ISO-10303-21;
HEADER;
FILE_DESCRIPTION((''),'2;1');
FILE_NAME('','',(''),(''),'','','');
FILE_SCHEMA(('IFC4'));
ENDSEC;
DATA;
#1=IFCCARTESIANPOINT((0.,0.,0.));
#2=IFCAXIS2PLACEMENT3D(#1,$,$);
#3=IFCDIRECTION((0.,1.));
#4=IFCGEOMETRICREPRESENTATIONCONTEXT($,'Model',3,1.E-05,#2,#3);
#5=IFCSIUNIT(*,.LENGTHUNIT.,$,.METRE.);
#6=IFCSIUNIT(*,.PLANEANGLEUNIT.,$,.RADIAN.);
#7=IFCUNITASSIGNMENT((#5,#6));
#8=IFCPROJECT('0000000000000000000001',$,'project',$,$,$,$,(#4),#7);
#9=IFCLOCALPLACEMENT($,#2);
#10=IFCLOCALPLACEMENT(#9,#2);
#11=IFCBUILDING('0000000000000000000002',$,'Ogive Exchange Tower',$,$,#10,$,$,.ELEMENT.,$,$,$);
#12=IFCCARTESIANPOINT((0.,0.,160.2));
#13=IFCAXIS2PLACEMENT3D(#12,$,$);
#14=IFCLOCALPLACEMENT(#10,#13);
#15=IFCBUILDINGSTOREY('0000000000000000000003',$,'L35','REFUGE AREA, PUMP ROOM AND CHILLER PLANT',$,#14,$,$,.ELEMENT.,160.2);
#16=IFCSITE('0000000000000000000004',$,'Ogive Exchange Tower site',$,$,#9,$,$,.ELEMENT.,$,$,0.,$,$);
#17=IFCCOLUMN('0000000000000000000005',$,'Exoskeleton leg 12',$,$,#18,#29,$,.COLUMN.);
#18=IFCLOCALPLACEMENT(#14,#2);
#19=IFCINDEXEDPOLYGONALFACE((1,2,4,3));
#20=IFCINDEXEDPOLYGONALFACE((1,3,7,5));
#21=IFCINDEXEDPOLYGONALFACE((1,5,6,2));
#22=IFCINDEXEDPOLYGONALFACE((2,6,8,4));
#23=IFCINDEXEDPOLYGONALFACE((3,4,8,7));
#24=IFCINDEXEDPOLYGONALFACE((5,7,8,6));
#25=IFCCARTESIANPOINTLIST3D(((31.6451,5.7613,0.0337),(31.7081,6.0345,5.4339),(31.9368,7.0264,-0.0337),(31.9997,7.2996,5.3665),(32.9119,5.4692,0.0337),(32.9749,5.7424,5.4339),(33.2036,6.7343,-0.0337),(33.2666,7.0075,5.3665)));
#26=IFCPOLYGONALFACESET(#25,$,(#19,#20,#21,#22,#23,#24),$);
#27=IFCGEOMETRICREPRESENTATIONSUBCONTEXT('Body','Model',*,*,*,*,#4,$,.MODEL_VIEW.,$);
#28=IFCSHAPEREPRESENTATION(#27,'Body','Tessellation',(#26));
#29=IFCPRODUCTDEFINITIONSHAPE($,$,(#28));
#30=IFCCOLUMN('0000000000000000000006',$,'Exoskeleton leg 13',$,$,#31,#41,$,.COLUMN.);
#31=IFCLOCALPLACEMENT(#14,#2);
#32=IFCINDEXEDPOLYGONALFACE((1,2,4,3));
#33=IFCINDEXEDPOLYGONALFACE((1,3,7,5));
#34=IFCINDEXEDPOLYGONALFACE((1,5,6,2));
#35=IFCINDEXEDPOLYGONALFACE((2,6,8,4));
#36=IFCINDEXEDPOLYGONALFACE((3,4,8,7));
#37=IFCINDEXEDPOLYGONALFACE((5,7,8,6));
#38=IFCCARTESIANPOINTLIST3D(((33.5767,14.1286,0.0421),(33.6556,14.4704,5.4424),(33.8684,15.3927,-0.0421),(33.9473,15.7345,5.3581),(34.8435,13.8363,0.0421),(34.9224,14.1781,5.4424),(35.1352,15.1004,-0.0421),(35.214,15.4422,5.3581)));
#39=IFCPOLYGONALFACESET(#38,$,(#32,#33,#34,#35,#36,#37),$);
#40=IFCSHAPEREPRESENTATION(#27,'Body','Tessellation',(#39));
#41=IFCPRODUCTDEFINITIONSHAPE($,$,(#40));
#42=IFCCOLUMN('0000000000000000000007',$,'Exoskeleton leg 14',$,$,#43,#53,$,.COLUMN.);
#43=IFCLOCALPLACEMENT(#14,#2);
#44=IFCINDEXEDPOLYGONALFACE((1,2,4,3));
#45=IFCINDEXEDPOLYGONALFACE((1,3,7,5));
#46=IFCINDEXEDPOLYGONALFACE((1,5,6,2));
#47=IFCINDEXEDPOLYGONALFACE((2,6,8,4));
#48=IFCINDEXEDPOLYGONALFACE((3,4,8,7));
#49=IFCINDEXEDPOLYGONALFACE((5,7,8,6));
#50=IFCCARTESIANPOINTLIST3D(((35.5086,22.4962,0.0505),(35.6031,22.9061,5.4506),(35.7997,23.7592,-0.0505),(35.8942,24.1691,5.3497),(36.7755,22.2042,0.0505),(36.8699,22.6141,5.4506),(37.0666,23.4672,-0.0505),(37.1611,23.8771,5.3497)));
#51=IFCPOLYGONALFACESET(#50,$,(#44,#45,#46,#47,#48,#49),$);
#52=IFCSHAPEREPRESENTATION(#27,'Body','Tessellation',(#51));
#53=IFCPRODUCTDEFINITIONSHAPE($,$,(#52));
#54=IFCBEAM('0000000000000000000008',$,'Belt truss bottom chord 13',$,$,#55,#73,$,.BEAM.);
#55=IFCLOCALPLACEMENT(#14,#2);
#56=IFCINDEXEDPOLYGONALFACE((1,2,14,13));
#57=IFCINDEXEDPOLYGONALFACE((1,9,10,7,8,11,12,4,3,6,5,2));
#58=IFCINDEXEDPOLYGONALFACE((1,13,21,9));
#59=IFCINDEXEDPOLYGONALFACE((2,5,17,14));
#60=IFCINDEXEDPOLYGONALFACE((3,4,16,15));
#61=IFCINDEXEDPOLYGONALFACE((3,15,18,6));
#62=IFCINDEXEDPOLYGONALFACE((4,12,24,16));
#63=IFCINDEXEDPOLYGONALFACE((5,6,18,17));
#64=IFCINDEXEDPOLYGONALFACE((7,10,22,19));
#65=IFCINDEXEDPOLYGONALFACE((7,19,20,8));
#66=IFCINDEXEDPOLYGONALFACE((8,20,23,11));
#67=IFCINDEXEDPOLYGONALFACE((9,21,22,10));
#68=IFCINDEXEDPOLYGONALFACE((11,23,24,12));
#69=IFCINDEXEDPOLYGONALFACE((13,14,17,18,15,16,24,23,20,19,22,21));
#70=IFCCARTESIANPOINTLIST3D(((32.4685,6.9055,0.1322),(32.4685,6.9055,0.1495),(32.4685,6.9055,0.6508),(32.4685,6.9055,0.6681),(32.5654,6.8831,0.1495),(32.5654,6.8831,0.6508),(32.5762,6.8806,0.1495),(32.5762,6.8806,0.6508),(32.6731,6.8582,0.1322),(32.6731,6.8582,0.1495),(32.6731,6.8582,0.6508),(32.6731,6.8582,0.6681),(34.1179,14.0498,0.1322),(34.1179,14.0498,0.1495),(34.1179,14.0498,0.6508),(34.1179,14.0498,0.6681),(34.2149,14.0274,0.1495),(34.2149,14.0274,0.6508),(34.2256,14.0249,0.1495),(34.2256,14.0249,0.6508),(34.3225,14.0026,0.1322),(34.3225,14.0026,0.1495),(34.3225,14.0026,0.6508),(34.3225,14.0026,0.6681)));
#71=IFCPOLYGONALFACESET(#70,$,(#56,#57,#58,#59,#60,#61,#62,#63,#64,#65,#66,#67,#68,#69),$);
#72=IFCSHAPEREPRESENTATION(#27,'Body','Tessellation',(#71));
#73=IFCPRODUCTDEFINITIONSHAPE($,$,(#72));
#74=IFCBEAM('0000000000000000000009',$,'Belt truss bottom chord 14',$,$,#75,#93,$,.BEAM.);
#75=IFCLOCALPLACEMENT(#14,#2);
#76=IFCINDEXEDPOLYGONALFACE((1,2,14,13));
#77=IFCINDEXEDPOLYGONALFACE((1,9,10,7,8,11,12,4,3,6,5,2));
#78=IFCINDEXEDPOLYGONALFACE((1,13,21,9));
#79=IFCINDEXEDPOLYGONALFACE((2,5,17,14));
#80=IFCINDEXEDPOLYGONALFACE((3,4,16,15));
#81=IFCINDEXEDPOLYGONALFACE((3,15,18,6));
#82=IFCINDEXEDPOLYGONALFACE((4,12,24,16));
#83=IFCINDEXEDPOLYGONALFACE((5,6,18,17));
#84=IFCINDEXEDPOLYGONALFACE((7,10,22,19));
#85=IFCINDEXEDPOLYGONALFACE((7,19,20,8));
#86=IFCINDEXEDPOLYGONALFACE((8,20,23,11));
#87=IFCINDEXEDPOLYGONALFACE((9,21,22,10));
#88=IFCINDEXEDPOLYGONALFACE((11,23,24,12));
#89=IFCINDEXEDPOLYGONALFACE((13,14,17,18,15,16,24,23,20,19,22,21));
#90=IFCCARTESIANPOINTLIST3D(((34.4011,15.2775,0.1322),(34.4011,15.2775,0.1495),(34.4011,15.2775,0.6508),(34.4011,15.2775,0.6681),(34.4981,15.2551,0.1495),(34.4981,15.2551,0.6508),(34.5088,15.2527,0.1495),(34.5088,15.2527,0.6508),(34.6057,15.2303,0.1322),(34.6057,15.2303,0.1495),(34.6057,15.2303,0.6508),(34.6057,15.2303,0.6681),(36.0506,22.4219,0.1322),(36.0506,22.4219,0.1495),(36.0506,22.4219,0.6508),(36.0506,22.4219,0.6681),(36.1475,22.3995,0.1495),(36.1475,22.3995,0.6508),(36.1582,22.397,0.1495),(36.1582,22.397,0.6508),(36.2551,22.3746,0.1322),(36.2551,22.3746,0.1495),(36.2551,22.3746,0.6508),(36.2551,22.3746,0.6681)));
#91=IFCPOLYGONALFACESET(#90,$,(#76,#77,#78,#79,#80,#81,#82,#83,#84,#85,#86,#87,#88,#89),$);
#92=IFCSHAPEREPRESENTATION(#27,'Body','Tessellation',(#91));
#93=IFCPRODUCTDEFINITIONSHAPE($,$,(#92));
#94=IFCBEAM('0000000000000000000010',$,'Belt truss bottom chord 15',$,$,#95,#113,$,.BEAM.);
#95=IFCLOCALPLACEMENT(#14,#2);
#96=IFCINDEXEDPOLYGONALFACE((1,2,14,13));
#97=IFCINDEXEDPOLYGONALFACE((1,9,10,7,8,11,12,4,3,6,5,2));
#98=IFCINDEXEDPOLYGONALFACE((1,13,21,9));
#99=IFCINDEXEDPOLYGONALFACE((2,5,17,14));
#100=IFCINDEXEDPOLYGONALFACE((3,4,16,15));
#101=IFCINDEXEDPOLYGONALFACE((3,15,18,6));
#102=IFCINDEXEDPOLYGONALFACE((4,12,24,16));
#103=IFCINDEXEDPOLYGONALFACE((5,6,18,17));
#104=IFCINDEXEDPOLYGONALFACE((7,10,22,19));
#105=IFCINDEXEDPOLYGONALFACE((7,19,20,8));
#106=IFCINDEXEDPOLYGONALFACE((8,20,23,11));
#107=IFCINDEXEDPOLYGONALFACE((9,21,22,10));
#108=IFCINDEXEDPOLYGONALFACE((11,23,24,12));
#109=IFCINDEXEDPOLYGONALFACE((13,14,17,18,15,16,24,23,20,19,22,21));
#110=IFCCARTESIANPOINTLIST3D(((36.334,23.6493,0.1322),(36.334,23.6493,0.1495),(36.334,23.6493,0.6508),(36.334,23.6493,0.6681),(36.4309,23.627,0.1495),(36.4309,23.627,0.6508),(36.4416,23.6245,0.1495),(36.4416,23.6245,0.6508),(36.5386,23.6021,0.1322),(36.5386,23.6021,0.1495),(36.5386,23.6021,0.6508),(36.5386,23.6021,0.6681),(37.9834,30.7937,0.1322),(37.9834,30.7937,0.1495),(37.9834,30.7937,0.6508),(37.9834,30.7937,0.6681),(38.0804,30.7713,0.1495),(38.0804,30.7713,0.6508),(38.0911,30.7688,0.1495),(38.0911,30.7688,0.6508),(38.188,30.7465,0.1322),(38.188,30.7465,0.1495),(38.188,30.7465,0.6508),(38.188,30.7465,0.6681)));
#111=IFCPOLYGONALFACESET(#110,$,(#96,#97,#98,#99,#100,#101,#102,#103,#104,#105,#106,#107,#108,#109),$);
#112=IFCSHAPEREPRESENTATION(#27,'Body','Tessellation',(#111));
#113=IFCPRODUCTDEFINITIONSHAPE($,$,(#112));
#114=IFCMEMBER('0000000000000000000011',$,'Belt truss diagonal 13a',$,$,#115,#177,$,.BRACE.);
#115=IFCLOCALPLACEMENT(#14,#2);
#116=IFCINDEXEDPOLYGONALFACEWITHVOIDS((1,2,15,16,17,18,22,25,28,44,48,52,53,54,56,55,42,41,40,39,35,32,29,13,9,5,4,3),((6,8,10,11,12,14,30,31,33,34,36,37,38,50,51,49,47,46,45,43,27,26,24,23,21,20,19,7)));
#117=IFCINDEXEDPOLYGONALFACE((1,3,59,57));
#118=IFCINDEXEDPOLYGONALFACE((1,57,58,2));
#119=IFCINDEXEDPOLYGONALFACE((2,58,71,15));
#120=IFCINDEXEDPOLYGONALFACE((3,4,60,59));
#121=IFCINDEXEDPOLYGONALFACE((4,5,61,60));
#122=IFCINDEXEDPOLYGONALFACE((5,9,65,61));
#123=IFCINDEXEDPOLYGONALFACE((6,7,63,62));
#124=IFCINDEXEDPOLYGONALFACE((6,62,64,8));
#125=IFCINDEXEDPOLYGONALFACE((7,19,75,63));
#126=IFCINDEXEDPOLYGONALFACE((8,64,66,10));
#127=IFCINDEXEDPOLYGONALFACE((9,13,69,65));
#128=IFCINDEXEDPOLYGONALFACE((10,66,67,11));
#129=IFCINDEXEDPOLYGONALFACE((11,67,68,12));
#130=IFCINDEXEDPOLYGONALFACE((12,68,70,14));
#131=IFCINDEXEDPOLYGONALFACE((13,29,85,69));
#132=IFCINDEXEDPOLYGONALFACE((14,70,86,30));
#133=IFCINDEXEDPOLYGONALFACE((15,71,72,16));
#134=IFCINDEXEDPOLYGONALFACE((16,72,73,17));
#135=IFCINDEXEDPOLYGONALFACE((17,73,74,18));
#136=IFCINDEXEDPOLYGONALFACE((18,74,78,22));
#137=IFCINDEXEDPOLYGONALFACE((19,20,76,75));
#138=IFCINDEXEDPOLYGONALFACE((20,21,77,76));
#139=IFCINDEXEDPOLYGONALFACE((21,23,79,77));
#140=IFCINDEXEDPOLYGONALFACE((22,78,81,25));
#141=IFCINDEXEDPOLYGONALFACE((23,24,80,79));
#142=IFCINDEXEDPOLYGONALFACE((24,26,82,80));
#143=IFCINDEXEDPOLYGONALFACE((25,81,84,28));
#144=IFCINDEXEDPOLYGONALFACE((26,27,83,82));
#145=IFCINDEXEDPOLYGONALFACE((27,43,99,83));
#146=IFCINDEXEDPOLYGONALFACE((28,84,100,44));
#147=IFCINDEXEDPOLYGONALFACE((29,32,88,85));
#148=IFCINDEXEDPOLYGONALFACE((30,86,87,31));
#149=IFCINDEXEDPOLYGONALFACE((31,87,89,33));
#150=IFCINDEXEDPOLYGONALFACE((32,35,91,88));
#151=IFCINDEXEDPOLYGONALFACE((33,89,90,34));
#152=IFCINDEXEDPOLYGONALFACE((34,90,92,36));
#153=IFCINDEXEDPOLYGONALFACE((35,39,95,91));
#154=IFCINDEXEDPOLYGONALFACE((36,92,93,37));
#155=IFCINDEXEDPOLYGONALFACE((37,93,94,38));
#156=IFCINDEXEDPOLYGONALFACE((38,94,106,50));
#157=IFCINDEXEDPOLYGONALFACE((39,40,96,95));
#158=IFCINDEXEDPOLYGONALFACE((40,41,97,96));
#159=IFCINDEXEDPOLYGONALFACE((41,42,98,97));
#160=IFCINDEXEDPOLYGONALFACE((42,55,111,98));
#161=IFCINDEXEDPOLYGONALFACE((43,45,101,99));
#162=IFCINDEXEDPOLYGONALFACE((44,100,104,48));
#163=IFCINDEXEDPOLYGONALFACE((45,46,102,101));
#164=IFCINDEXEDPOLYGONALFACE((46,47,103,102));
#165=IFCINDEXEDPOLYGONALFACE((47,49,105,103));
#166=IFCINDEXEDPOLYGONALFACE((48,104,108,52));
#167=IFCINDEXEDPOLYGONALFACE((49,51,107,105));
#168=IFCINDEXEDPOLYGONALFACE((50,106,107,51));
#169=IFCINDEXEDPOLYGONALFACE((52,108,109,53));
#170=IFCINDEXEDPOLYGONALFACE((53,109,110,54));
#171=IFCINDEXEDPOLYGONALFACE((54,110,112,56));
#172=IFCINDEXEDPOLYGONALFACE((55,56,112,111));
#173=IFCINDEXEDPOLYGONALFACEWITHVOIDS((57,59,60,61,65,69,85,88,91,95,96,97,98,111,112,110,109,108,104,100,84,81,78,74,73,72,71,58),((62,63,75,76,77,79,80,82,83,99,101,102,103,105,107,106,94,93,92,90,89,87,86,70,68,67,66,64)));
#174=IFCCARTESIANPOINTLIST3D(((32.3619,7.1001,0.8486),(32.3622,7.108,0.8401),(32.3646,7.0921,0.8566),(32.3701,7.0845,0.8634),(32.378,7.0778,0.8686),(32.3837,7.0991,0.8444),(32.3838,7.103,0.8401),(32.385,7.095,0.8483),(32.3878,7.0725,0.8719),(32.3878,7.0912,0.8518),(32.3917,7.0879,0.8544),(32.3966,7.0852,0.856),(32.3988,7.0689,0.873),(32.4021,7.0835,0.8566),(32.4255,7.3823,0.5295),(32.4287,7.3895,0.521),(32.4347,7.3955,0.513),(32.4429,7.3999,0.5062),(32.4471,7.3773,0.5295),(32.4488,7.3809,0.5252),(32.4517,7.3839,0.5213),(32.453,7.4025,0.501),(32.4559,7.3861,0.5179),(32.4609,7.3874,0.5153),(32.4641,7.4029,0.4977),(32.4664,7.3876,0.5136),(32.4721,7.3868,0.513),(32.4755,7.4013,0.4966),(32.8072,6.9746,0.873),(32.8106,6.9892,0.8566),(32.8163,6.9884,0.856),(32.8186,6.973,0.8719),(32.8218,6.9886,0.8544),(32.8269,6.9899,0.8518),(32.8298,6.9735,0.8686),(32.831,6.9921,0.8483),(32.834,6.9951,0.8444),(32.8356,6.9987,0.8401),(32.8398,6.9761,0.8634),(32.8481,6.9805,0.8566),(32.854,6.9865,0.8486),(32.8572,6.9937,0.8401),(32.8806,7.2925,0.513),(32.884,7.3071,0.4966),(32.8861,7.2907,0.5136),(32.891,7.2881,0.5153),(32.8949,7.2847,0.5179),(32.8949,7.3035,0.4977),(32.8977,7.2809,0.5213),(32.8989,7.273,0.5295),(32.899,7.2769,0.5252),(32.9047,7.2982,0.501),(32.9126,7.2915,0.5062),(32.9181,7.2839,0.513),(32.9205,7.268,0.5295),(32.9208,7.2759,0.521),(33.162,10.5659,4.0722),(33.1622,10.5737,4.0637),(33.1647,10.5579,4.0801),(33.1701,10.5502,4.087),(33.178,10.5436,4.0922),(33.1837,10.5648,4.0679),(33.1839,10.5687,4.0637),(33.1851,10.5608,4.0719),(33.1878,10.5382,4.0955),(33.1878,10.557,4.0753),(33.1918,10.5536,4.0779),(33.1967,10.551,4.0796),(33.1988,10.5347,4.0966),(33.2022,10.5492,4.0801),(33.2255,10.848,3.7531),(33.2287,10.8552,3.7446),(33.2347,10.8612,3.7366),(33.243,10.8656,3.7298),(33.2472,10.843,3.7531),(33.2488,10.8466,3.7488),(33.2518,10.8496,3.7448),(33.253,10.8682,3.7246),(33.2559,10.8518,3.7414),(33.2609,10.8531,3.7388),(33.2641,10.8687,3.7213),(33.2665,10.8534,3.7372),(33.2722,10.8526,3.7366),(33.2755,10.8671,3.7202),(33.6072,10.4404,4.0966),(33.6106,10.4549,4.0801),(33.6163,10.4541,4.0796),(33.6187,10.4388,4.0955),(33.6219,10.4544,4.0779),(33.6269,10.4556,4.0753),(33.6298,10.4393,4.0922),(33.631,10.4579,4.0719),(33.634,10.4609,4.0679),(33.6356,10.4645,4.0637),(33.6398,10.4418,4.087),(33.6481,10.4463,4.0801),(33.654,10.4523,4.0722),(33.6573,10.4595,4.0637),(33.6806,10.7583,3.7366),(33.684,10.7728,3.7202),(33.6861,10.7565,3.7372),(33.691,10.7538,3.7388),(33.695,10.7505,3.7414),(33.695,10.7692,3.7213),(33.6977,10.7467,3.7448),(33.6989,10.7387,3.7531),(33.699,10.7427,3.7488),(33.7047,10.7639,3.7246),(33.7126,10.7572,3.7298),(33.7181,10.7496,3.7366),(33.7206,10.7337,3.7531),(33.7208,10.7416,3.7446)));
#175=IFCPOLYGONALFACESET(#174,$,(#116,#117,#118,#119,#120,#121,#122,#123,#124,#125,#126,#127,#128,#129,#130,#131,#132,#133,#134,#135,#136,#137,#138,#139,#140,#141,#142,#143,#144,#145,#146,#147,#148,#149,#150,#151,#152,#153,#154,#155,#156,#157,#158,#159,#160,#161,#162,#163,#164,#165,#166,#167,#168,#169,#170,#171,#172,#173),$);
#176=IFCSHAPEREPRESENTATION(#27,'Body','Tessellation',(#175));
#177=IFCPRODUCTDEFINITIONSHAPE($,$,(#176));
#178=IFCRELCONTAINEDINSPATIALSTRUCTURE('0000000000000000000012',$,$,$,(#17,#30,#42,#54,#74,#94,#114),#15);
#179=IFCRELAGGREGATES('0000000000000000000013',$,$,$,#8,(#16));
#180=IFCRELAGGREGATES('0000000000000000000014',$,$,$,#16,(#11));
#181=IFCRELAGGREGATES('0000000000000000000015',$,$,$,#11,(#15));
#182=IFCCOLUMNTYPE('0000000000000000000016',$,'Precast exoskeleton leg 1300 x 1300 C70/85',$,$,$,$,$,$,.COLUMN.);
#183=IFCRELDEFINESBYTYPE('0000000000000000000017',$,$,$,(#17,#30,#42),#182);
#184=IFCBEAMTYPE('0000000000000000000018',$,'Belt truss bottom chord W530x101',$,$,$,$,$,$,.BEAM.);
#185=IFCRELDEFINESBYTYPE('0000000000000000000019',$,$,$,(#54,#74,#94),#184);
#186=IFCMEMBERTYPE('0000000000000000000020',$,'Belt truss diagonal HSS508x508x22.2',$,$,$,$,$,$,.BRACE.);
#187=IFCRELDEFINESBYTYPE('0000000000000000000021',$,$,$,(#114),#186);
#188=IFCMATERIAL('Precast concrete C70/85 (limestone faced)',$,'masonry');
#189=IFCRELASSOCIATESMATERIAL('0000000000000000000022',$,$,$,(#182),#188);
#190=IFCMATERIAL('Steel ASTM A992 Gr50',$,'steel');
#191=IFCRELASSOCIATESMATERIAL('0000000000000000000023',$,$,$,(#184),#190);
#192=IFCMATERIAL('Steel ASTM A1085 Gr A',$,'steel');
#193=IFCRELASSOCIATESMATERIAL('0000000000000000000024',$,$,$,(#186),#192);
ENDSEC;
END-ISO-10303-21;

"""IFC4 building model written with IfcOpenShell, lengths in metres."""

from ifc_helpers import new_model, si_unit, direction, frame, origin, origin_2d, place, context, subcontext, project, spatial, rectangle, hollow_rectangle, i_section, extrude, material, material_profile, profile_set, type_object, element, save


model = new_model("IFC4")

# Units and contexts
model_context = context("Model", 3, precision=1e-05, world=origin(), true_north=direction((0.0, 1.0)))
body_context = subcontext(model_context, "Body", "Model", "MODEL_VIEW")
ifc_project = project(units=[si_unit("LENGTHUNIT", "METRE"), si_unit("PLANEANGLEUNIT", "RADIAN")], contexts=[model_context])

# Site, building, storey
site_placement = place(None, origin())
site = spatial("IfcSite", under=ifc_project, at=site_placement, Name="Ogive Exchange Tower site", CompositionType="ELEMENT", RefElevation=0.0)
building_placement = place(site_placement, origin())
building = spatial("IfcBuilding", under=site, at=building_placement, Name="Ogive Exchange Tower", CompositionType="ELEMENT")
storey_placement = place(building_placement, frame((0.0, 0.0, 160.2)))
storey = spatial("IfcBuildingStorey", under=building, at=storey_placement, Name="L35", Description="REFUGE AREA, PUMP ROOM AND CHILLER PLANT", CompositionType="ELEMENT", Elevation=160.2)

# Columns
ifc_material_1 = material(Name="Precast concrete C70/85 (limestone faced)", Category="masonry")
ifc_material_profile_1 = material_profile(ifc_material_1, rectangle(XDim=1.3, YDim=1.3, at=origin_2d()), Name="1300 x 1300")
ifc_profile_set_1 = profile_set([ifc_material_profile_1], Name="Precast concrete C70/85 (limestone faced)")
column_type = type_object("IfcColumnType", Name="Precast exoskeleton leg 1300 x 1300 C70/85", PredefinedType="COLUMN", material=ifc_profile_set_1)
column_1_placement = place(storey_placement, frame((32.4243, 6.2478, 0.0), z_axis=(0.011648, 0.050522, 0.998655), x_axis=(-0.974435, 0.224669, 0.0)))
element("IfcColumn", 1, at=column_1_placement, inside=storey, type_object=column_type, Name="Exoskeleton leg 12", PredefinedType="COLUMN", context=body_context, shape_type="SweptSolid", body=[
    extrude(rectangle(XDim=1.3, YDim=1.3, at=origin_2d()), origin(), (0.0, 0.0, 1.0), 5.4075),
])
column_2_placement = place(storey_placement, frame((34.356, 14.6145, 0.0), z_axis=(0.014572, 0.063161, 0.997897), x_axis=(-0.974403, 0.224809, 0.0)))
element("IfcColumn", 2, at=column_2_placement, inside=storey, type_object=column_type, Name="Exoskeleton leg 13", PredefinedType="COLUMN", context=body_context, shape_type="SweptSolid", body=[
    extrude(rectangle(XDim=1.3, YDim=1.3, at=origin_2d()), origin(), (0.0, 0.0, 1.0), 5.4116),
])
column_3_placement = place(storey_placement, frame((36.2876, 22.9817, 0.0), z_axis=(0.017443, 0.075678, 0.99698), x_axis=(-0.97445, 0.224605, 0.0)))
element("IfcColumn", 3, at=column_3_placement, inside=storey, type_object=column_type, Name="Exoskeleton leg 14", PredefinedType="COLUMN", context=body_context, shape_type="SweptSolid", body=[
    extrude(rectangle(XDim=1.3, YDim=1.3, at=origin_2d()), origin(), (0.0, 0.0, 1.0), 5.4165),
])

# Beams
ifc_material_2 = material(Name="Steel ASTM A992 Gr50", Category="steel")
ifc_material_profile_2 = material_profile(ifc_material_2, i_section(OverallWidth=0.21, OverallDepth=0.5359, WebThickness=0.011, FlangeThickness=0.0173, at=origin_2d()), Name="W530x101")
ifc_profile_set_2 = profile_set([ifc_material_profile_2], Name="Steel ASTM A992 Gr50")
beam_type_1 = type_object("IfcBeamType", Name="Belt truss bottom chord W530x101", PredefinedType="BEAM", material=ifc_profile_set_2)
for number, where, z_axis, x_axis, name in (
    (4, (32.5708, 6.8818, 0.4001), (0.224954, 0.974369, 0.0), (-0.974369, 0.224954, 0.0), "Belt truss bottom chord 13"),
    (5, (34.5034, 15.2539, 0.4001), (0.224954, 0.974369, 0.0), (-0.974369, 0.224954, 0.0), "Belt truss bottom chord 14"),
    (6, (36.4363, 23.6257, 0.4001), (0.224954, 0.974369, 0.0), (-0.974369, 0.224954, 0.0), "Belt truss bottom chord 15"),
):
    element("IfcBeam", number, at=place(storey_placement, frame(where, z_axis=z_axis, x_axis=x_axis)), inside=storey, type_object=beam_type_1, Name=name, PredefinedType="BEAM", context=body_context, shape_type="SweptSolid", body=[
        extrude(i_section(OverallWidth=0.21, OverallDepth=0.5359, WebThickness=0.011, FlangeThickness=0.0173, at=origin_2d()), origin(), (0.0, 0.0, 1.0), 7.3323),
    ])

# Member
ifc_material_3 = material(Name="Steel ASTM A1085 Gr A", Category="steel")
ifc_material_profile_3 = material_profile(ifc_material_3, hollow_rectangle(XDim=0.5081, YDim=0.5081, WallThickness=0.0222, InnerFilletRadius=0.0222, OuterFilletRadius=0.0444, at=origin_2d()), Name="HSS508x508x22.2")
ifc_profile_set_3 = profile_set([ifc_material_profile_3], Name="Steel ASTM A1085 Gr A")
member_type_1 = type_object("IfcMemberType", Name="Belt truss diagonal HSS508x508x22.2", PredefinedType="BRACE", material=ifc_profile_set_3)
member_1_placement = place(storey_placement, frame((32.6414, 7.188, 0.6848), z_axis=(0.166663, 0.721986, 0.671535), x_axis=(-0.974376, 0.224925, 0.0)))
element("IfcMember", 7, at=member_1_placement, inside=storey, type_object=member_type_1, Name="Belt truss diagonal 13a", PredefinedType="BRACE", context=body_context, shape_type="SweptSolid", body=[
    extrude(hollow_rectangle(XDim=0.5081, YDim=0.5081, WallThickness=0.0222, InnerFilletRadius=0.0222, OuterFilletRadius=0.0444, at=origin_2d()), origin(), (0.0, 0.0, 1.0), 4.8003),
])

save(model, "model.ifc")
